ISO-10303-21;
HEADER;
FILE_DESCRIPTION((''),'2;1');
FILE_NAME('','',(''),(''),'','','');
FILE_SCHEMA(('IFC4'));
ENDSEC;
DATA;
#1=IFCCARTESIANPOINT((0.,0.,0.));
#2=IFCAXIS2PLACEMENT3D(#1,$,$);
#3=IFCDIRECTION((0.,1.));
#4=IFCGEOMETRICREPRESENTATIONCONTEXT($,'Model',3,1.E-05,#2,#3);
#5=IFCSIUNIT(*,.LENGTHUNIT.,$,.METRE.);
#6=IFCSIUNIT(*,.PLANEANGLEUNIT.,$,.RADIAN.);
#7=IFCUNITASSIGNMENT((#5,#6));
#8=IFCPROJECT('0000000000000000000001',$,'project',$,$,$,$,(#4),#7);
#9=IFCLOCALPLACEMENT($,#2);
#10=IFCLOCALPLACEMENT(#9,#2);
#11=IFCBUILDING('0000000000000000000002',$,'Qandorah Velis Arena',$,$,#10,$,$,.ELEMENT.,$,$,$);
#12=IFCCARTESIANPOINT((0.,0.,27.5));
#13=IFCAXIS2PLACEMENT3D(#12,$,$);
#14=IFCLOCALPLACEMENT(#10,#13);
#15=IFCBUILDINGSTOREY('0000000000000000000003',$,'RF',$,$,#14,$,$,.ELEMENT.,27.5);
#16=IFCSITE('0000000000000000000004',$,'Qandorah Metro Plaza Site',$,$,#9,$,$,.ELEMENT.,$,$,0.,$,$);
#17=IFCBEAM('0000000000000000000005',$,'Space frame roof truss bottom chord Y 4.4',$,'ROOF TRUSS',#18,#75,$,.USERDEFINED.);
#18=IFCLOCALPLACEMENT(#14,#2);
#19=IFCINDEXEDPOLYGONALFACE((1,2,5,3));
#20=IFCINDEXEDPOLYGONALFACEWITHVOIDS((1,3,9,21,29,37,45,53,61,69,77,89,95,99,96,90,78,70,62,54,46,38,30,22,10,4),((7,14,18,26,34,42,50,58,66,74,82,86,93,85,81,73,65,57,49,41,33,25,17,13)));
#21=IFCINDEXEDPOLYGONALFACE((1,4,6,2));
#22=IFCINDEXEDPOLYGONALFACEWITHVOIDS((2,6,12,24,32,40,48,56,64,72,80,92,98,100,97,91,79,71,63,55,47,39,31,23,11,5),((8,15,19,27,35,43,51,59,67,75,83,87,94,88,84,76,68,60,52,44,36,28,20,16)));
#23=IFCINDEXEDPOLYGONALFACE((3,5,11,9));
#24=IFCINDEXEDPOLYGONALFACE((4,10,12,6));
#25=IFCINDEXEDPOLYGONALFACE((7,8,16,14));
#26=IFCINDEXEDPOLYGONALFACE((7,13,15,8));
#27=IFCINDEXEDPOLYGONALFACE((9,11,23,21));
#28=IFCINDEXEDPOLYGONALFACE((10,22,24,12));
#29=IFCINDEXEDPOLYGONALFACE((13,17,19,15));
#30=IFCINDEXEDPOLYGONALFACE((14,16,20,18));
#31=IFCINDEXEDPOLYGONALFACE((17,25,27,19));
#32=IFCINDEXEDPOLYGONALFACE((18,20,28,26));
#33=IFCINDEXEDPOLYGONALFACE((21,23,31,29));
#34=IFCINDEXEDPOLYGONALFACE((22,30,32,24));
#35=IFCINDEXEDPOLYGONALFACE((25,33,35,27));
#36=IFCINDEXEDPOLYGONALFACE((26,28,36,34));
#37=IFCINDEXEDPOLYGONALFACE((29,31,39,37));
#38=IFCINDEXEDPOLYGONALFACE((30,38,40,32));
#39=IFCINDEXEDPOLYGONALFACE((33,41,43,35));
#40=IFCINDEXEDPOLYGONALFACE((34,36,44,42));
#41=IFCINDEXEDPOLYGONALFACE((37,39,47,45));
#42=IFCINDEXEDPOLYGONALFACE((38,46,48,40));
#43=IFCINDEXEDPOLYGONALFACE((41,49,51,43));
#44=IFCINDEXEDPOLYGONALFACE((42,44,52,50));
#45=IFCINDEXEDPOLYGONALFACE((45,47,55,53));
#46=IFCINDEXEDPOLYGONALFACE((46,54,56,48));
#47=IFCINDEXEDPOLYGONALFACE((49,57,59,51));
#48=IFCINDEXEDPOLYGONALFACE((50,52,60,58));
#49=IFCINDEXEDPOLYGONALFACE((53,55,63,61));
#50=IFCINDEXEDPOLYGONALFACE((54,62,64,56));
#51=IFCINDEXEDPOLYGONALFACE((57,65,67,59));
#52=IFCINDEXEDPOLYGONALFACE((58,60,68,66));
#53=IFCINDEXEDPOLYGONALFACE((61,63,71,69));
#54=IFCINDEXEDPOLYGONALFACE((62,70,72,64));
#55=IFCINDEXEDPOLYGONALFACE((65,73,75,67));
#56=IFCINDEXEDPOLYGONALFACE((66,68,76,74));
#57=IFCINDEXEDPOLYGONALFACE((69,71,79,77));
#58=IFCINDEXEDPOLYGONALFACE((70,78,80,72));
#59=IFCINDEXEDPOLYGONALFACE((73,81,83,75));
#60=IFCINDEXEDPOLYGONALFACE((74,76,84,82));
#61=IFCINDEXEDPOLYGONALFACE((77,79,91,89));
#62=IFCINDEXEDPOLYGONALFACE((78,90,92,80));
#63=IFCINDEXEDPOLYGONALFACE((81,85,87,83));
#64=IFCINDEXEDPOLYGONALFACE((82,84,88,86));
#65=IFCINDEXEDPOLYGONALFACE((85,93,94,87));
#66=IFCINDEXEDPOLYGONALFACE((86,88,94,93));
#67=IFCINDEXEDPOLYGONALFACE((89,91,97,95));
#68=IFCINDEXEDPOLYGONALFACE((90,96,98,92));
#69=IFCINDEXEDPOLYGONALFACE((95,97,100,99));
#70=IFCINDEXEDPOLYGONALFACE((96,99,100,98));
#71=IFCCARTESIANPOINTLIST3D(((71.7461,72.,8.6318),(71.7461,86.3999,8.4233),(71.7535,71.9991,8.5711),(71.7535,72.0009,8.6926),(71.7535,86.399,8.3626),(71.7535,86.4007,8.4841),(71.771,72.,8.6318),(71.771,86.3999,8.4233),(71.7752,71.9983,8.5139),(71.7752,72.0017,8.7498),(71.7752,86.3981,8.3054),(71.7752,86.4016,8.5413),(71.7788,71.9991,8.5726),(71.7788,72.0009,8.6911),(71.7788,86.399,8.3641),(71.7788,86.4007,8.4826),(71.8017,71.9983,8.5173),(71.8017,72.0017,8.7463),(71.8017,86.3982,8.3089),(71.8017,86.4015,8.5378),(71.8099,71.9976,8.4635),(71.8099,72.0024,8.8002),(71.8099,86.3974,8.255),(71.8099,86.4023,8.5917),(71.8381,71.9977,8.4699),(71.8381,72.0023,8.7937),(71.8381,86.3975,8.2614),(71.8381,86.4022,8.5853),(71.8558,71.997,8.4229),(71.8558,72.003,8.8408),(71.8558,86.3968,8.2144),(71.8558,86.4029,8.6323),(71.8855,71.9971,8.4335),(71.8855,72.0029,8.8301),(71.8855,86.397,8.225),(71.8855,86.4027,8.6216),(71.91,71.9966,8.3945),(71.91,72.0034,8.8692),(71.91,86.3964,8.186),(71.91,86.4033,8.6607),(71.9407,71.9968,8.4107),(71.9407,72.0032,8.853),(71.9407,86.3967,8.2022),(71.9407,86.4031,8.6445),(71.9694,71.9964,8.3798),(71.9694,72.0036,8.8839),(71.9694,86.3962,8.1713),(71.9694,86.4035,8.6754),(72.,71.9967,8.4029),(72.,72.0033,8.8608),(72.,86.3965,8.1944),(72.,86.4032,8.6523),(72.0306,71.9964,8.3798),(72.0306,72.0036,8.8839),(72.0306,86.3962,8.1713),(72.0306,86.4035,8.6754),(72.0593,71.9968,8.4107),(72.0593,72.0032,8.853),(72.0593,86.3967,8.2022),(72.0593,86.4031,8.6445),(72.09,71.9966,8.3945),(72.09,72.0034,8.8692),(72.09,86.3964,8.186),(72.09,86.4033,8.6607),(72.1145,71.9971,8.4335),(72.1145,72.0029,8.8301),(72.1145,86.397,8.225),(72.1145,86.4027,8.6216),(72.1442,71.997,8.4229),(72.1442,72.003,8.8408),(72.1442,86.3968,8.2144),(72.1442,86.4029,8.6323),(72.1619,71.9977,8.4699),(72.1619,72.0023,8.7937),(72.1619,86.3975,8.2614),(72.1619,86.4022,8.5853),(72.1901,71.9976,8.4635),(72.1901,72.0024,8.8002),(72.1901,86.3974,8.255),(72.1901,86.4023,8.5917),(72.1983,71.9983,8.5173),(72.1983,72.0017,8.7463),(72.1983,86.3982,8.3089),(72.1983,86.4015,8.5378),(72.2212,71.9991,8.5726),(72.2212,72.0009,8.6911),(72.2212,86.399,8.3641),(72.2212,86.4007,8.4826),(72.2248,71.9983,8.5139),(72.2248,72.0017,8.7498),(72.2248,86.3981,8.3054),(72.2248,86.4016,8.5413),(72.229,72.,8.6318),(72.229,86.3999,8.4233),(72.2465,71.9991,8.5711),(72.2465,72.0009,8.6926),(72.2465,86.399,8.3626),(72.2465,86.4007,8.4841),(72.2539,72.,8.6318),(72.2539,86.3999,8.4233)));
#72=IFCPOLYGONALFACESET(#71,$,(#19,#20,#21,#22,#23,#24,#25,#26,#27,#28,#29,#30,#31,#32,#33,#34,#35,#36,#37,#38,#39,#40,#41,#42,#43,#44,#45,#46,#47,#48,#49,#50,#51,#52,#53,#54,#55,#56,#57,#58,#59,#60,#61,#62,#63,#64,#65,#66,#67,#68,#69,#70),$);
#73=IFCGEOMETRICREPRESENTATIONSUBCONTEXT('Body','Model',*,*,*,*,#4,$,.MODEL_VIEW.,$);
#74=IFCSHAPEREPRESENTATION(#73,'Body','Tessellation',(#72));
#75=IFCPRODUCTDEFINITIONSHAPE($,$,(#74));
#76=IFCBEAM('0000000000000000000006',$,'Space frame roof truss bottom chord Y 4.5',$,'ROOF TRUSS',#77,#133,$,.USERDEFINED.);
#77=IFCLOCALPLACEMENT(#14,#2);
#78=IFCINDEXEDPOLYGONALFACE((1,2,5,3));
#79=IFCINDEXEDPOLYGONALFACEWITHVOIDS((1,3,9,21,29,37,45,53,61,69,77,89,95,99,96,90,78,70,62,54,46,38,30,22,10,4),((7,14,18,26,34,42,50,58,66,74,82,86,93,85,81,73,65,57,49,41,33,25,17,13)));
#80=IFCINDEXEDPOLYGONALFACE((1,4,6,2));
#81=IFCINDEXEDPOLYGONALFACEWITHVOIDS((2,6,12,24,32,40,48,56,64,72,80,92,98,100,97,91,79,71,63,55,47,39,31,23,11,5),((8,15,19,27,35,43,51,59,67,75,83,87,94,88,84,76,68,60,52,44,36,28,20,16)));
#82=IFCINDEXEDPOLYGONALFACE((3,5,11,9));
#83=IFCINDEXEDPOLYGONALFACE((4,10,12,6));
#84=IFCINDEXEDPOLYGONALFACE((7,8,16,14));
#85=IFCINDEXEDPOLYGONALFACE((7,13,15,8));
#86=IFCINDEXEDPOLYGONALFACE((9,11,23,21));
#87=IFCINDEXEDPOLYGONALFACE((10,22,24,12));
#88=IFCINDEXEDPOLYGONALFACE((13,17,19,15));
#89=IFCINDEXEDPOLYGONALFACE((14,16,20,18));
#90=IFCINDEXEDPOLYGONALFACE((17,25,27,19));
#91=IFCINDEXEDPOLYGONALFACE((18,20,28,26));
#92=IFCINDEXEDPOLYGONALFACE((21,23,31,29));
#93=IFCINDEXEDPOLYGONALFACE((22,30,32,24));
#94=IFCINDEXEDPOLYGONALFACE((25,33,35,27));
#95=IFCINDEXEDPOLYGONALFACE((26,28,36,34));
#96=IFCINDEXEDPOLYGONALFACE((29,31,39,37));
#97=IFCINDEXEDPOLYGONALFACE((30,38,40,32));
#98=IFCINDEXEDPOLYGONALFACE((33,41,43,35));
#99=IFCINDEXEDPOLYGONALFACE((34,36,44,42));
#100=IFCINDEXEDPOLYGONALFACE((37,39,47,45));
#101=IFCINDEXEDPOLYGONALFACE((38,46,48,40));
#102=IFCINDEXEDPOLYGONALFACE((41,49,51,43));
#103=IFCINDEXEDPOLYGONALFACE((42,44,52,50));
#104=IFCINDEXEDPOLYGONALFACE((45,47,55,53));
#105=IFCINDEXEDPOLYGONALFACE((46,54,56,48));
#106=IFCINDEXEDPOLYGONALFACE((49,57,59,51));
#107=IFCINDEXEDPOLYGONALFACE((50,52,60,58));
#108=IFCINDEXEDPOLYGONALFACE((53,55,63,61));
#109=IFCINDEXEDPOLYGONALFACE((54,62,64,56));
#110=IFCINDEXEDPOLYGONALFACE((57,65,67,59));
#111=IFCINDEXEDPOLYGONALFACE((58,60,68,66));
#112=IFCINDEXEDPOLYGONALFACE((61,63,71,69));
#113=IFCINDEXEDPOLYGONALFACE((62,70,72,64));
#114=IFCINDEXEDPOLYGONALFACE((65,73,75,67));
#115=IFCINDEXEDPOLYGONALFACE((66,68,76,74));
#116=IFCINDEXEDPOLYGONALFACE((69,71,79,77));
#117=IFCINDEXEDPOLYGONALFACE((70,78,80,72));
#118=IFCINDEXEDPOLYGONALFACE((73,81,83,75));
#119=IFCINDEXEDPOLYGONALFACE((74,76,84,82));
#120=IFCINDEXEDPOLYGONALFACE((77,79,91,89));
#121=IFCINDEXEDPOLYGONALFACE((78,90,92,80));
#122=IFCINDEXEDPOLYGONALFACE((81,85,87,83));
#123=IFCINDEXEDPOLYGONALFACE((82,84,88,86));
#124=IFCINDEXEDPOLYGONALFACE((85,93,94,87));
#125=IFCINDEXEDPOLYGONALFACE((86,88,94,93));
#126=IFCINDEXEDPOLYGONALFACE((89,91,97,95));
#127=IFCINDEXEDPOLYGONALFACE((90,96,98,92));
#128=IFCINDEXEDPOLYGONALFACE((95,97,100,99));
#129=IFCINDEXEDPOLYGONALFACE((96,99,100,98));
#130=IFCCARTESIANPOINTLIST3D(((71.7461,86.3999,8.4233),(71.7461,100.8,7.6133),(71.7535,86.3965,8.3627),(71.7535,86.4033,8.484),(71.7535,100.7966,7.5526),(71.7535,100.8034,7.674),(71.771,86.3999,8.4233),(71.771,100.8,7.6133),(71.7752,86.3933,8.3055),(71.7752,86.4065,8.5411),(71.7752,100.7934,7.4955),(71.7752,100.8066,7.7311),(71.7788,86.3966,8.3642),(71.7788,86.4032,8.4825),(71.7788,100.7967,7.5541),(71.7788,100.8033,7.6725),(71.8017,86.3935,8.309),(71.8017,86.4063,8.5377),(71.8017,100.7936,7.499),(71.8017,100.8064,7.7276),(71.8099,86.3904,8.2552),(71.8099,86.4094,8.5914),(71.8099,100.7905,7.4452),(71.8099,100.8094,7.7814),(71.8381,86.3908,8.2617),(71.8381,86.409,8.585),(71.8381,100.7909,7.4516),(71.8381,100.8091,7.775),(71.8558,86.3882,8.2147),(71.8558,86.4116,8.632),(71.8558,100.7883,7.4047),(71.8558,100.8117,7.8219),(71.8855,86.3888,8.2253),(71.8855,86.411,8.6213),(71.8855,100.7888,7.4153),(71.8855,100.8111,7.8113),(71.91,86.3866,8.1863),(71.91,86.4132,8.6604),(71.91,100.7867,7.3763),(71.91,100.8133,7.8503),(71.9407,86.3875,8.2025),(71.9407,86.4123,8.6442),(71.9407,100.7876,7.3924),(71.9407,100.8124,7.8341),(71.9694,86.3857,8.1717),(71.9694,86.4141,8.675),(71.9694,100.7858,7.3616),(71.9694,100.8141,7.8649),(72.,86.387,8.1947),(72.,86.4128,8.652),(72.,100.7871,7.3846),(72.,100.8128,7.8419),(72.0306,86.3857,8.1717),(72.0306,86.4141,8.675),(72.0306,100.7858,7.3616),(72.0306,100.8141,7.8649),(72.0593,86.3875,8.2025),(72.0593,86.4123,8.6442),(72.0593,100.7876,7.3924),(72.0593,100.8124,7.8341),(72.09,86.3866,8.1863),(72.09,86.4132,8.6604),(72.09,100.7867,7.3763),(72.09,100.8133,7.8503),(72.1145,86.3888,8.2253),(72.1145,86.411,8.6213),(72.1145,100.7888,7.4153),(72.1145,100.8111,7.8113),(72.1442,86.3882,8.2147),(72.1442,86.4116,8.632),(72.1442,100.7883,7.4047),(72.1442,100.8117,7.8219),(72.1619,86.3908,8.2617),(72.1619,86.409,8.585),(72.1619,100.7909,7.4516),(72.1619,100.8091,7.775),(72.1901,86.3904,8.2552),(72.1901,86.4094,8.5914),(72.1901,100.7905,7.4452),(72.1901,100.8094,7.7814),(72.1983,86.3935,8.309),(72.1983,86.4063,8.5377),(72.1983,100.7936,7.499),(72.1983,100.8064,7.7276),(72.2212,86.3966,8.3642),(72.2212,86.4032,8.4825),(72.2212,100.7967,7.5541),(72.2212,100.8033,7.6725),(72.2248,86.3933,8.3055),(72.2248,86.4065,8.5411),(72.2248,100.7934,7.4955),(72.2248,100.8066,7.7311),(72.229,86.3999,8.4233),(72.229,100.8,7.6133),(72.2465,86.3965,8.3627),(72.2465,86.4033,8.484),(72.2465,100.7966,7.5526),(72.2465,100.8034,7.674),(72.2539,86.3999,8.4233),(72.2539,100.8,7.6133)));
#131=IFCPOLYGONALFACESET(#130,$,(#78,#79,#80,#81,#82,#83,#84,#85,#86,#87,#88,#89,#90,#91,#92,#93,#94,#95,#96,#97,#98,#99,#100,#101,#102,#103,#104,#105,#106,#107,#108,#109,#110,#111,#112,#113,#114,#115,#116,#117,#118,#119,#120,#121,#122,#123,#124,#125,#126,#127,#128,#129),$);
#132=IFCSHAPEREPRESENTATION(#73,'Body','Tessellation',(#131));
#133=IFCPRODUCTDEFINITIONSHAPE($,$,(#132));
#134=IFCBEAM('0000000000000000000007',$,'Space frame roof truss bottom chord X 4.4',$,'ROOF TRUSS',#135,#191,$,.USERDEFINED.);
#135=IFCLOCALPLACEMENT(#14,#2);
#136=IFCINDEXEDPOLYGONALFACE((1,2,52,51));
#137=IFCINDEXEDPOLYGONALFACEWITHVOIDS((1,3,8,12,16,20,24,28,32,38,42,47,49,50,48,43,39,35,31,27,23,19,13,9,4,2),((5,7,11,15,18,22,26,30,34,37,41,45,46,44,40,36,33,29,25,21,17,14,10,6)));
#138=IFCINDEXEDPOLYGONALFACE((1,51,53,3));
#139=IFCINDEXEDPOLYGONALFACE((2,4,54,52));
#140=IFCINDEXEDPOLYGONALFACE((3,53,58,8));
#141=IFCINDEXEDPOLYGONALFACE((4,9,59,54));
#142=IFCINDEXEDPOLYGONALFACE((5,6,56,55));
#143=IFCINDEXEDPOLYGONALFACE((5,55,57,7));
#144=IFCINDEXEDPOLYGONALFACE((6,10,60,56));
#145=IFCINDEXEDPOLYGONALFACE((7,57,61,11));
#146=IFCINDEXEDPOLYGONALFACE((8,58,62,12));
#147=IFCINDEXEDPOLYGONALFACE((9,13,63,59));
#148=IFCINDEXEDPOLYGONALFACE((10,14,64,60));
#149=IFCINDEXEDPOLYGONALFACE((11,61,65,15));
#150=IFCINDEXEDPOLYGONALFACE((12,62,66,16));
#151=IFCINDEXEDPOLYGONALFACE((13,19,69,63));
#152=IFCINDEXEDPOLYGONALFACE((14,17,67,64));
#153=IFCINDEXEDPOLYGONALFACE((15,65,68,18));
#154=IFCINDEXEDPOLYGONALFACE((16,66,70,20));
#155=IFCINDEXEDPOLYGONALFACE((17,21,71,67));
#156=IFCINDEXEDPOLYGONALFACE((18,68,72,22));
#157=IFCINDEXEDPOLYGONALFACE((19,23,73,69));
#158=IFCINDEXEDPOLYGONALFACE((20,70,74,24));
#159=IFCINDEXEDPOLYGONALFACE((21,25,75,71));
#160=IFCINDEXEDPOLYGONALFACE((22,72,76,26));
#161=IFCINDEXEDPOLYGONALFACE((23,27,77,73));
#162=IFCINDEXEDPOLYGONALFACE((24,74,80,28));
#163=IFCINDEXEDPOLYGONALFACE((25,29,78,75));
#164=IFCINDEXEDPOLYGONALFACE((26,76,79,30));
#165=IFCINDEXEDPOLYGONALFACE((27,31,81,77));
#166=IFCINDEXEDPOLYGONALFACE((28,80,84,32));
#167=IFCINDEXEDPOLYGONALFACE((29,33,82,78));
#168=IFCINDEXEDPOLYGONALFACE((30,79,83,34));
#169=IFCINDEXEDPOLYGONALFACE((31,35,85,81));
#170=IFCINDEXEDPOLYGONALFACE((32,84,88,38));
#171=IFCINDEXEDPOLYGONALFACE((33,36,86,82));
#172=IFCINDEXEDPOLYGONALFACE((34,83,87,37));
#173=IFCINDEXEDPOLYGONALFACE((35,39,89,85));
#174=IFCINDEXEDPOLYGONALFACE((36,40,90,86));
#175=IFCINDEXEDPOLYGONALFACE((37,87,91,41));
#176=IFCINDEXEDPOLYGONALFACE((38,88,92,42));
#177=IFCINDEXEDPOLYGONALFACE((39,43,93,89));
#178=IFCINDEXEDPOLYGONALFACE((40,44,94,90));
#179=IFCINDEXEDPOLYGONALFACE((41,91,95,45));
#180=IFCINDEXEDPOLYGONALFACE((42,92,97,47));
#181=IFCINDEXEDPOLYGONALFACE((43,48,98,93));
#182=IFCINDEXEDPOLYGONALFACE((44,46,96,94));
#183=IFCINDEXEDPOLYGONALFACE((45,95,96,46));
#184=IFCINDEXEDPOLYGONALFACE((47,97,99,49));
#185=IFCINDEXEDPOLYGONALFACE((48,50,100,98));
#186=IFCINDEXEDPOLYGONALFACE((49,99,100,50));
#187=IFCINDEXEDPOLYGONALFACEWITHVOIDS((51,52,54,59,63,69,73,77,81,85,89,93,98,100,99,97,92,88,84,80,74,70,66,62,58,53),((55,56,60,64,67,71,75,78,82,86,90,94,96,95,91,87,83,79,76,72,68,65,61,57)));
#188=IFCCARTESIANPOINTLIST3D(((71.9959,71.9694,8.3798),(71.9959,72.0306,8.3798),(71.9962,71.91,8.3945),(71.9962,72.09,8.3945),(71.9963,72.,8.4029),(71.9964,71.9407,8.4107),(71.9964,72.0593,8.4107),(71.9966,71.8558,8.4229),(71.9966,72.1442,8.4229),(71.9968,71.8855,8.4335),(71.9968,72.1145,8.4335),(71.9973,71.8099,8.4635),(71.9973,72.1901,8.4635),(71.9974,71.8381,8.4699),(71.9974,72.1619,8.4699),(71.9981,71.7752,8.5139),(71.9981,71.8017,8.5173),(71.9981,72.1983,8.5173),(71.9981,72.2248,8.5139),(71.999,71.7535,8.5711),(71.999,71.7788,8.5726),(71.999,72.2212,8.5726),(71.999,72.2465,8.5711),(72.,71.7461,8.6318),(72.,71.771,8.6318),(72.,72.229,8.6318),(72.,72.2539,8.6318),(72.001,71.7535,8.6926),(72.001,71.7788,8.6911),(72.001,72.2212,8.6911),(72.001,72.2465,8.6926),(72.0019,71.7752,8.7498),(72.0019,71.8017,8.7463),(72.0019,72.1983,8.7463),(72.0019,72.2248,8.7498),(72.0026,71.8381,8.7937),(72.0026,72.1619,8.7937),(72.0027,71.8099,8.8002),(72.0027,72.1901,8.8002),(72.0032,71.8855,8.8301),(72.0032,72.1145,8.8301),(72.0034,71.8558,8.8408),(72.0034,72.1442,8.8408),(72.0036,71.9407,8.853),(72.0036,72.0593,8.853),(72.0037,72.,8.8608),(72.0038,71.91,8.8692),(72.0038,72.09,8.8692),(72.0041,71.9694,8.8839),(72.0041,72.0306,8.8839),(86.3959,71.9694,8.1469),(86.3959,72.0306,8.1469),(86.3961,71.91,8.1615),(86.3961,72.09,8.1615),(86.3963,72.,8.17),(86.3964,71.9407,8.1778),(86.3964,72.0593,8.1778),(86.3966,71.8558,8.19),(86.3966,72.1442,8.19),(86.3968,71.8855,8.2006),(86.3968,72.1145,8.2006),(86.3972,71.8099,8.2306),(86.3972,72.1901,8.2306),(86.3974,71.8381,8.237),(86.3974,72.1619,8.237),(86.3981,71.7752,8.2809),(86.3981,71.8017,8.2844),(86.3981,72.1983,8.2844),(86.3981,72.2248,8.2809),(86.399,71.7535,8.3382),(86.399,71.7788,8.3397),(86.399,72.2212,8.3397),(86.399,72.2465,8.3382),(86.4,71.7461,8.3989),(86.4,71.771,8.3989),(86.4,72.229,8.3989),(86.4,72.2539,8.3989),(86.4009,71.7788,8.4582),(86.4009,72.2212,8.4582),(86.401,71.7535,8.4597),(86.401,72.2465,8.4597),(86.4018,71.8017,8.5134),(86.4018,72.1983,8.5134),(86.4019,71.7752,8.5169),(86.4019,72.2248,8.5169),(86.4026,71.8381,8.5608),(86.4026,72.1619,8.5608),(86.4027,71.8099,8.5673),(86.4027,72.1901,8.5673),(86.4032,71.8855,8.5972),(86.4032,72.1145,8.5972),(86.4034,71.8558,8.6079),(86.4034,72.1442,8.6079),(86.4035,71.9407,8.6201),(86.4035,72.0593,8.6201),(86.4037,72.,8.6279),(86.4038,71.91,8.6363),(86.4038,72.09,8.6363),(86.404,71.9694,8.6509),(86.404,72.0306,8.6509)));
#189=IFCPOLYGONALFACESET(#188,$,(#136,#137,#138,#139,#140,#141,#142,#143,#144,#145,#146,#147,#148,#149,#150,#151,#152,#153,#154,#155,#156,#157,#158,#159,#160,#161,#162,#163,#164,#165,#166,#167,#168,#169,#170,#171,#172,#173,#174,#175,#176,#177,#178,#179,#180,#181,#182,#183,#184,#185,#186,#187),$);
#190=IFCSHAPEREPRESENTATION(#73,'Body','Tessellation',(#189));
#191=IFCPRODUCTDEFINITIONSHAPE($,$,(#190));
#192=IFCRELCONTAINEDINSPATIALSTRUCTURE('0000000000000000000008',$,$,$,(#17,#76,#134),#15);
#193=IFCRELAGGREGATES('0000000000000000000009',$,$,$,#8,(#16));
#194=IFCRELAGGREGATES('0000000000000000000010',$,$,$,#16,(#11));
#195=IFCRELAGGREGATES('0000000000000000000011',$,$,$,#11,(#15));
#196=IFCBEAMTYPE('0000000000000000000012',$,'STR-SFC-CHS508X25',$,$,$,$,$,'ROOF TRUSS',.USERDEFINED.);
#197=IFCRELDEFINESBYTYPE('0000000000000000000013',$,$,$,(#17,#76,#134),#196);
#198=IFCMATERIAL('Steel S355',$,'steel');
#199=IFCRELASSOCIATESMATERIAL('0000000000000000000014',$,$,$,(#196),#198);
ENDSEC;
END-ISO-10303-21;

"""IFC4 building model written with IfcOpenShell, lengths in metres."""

from ifc_helpers import new_model, si_unit, direction, frame, origin, origin_2d, place, context, subcontext, project, spatial, hollow_circle, extrude, material, material_profile, profile_set, type_object, element, save


model = new_model("IFC4")

# Units and contexts
model_context = context("Model", 3, precision=1e-05, world=origin(), true_north=direction((0.0, 1.0)))
body_context = subcontext(model_context, "Body", "Model", "MODEL_VIEW")
ifc_project = project(units=[si_unit("LENGTHUNIT", "METRE"), si_unit("PLANEANGLEUNIT", "RADIAN")], contexts=[model_context])

# Site, building, storey
site_placement = place(None, origin())
site = spatial("IfcSite", under=ifc_project, at=site_placement, Name="Qandorah Metro Plaza Site", CompositionType="ELEMENT", RefElevation=0.0)
building_placement = place(site_placement, origin())
building = spatial("IfcBuilding", under=site, at=building_placement, Name="Qandorah Velis Arena", CompositionType="ELEMENT")
storey_placement = place(building_placement, frame((0.0, 0.0, 27.5)))
storey = spatial("IfcBuildingStorey", under=building, at=storey_placement, Name="RF", CompositionType="ELEMENT", Elevation=27.5)

# Shared definitions
ifc_material_1 = material(Name="Steel S355", Category="steel")

# Beams
ifc_material_profile_1 = material_profile(ifc_material_1, hollow_circle(Radius=0.2539, WallThickness=0.0249, at=origin_2d()), Name="CHS 508x25")
ifc_profile_set_1 = profile_set([ifc_material_profile_1], Name="Steel S355")
beam_type_1 = type_object("IfcBeamType", Name="STR-SFC-CHS508X25", ElementType="ROOF TRUSS", PredefinedType="USERDEFINED", material=ifc_profile_set_1)
beam_1_placement = place(storey_placement, frame((72.0, 72.0, 8.6318), z_axis=(0.0, 0.999895, -0.014477), x_axis=(-1.0, 0.0, 0.0)))
element("IfcBeam", 1, at=beam_1_placement, inside=storey, type_object=beam_type_1, Name="Space frame roof truss bottom chord Y 4.4", ObjectType="ROOF TRUSS", PredefinedType="USERDEFINED", context=body_context, shape_type="SweptSolid", body=[
    extrude(hollow_circle(Radius=0.2539, WallThickness=0.0249, at=origin_2d()), origin(), (0.0, 0.0, 1.0), 14.4014),
])
beam_2_placement = place(storey_placement, frame((72.0, 86.3999, 8.4233), z_axis=(0.0, 0.998422, -0.056165), x_axis=(-1.0, 0.0, 0.0)))
element("IfcBeam", 2, at=beam_2_placement, inside=storey, type_object=beam_type_1, Name="Space frame roof truss bottom chord Y 4.5", ObjectType="ROOF TRUSS", PredefinedType="USERDEFINED", context=body_context, shape_type="SweptSolid", body=[
    extrude(hollow_circle(Radius=0.2539, WallThickness=0.0249, at=origin_2d()), origin(), (0.0, 0.0, 1.0), 14.4229),
])
beam_3_placement = place(storey_placement, frame((72.0, 72.0, 8.6318), z_axis=(0.999869, 0.0, -0.016172), x_axis=(0.0, 1.0, 0.0)))
element("IfcBeam", 3, at=beam_3_placement, inside=storey, type_object=beam_type_1, Name="Space frame roof truss bottom chord X 4.4", ObjectType="ROOF TRUSS", PredefinedType="USERDEFINED", context=body_context, shape_type="SweptSolid", body=[
    extrude(hollow_circle(Radius=0.2539, WallThickness=0.0249, at=origin_2d()), origin(), (0.0, 0.0, 1.0), 14.4019),
])

save(model, "model.ifc")
